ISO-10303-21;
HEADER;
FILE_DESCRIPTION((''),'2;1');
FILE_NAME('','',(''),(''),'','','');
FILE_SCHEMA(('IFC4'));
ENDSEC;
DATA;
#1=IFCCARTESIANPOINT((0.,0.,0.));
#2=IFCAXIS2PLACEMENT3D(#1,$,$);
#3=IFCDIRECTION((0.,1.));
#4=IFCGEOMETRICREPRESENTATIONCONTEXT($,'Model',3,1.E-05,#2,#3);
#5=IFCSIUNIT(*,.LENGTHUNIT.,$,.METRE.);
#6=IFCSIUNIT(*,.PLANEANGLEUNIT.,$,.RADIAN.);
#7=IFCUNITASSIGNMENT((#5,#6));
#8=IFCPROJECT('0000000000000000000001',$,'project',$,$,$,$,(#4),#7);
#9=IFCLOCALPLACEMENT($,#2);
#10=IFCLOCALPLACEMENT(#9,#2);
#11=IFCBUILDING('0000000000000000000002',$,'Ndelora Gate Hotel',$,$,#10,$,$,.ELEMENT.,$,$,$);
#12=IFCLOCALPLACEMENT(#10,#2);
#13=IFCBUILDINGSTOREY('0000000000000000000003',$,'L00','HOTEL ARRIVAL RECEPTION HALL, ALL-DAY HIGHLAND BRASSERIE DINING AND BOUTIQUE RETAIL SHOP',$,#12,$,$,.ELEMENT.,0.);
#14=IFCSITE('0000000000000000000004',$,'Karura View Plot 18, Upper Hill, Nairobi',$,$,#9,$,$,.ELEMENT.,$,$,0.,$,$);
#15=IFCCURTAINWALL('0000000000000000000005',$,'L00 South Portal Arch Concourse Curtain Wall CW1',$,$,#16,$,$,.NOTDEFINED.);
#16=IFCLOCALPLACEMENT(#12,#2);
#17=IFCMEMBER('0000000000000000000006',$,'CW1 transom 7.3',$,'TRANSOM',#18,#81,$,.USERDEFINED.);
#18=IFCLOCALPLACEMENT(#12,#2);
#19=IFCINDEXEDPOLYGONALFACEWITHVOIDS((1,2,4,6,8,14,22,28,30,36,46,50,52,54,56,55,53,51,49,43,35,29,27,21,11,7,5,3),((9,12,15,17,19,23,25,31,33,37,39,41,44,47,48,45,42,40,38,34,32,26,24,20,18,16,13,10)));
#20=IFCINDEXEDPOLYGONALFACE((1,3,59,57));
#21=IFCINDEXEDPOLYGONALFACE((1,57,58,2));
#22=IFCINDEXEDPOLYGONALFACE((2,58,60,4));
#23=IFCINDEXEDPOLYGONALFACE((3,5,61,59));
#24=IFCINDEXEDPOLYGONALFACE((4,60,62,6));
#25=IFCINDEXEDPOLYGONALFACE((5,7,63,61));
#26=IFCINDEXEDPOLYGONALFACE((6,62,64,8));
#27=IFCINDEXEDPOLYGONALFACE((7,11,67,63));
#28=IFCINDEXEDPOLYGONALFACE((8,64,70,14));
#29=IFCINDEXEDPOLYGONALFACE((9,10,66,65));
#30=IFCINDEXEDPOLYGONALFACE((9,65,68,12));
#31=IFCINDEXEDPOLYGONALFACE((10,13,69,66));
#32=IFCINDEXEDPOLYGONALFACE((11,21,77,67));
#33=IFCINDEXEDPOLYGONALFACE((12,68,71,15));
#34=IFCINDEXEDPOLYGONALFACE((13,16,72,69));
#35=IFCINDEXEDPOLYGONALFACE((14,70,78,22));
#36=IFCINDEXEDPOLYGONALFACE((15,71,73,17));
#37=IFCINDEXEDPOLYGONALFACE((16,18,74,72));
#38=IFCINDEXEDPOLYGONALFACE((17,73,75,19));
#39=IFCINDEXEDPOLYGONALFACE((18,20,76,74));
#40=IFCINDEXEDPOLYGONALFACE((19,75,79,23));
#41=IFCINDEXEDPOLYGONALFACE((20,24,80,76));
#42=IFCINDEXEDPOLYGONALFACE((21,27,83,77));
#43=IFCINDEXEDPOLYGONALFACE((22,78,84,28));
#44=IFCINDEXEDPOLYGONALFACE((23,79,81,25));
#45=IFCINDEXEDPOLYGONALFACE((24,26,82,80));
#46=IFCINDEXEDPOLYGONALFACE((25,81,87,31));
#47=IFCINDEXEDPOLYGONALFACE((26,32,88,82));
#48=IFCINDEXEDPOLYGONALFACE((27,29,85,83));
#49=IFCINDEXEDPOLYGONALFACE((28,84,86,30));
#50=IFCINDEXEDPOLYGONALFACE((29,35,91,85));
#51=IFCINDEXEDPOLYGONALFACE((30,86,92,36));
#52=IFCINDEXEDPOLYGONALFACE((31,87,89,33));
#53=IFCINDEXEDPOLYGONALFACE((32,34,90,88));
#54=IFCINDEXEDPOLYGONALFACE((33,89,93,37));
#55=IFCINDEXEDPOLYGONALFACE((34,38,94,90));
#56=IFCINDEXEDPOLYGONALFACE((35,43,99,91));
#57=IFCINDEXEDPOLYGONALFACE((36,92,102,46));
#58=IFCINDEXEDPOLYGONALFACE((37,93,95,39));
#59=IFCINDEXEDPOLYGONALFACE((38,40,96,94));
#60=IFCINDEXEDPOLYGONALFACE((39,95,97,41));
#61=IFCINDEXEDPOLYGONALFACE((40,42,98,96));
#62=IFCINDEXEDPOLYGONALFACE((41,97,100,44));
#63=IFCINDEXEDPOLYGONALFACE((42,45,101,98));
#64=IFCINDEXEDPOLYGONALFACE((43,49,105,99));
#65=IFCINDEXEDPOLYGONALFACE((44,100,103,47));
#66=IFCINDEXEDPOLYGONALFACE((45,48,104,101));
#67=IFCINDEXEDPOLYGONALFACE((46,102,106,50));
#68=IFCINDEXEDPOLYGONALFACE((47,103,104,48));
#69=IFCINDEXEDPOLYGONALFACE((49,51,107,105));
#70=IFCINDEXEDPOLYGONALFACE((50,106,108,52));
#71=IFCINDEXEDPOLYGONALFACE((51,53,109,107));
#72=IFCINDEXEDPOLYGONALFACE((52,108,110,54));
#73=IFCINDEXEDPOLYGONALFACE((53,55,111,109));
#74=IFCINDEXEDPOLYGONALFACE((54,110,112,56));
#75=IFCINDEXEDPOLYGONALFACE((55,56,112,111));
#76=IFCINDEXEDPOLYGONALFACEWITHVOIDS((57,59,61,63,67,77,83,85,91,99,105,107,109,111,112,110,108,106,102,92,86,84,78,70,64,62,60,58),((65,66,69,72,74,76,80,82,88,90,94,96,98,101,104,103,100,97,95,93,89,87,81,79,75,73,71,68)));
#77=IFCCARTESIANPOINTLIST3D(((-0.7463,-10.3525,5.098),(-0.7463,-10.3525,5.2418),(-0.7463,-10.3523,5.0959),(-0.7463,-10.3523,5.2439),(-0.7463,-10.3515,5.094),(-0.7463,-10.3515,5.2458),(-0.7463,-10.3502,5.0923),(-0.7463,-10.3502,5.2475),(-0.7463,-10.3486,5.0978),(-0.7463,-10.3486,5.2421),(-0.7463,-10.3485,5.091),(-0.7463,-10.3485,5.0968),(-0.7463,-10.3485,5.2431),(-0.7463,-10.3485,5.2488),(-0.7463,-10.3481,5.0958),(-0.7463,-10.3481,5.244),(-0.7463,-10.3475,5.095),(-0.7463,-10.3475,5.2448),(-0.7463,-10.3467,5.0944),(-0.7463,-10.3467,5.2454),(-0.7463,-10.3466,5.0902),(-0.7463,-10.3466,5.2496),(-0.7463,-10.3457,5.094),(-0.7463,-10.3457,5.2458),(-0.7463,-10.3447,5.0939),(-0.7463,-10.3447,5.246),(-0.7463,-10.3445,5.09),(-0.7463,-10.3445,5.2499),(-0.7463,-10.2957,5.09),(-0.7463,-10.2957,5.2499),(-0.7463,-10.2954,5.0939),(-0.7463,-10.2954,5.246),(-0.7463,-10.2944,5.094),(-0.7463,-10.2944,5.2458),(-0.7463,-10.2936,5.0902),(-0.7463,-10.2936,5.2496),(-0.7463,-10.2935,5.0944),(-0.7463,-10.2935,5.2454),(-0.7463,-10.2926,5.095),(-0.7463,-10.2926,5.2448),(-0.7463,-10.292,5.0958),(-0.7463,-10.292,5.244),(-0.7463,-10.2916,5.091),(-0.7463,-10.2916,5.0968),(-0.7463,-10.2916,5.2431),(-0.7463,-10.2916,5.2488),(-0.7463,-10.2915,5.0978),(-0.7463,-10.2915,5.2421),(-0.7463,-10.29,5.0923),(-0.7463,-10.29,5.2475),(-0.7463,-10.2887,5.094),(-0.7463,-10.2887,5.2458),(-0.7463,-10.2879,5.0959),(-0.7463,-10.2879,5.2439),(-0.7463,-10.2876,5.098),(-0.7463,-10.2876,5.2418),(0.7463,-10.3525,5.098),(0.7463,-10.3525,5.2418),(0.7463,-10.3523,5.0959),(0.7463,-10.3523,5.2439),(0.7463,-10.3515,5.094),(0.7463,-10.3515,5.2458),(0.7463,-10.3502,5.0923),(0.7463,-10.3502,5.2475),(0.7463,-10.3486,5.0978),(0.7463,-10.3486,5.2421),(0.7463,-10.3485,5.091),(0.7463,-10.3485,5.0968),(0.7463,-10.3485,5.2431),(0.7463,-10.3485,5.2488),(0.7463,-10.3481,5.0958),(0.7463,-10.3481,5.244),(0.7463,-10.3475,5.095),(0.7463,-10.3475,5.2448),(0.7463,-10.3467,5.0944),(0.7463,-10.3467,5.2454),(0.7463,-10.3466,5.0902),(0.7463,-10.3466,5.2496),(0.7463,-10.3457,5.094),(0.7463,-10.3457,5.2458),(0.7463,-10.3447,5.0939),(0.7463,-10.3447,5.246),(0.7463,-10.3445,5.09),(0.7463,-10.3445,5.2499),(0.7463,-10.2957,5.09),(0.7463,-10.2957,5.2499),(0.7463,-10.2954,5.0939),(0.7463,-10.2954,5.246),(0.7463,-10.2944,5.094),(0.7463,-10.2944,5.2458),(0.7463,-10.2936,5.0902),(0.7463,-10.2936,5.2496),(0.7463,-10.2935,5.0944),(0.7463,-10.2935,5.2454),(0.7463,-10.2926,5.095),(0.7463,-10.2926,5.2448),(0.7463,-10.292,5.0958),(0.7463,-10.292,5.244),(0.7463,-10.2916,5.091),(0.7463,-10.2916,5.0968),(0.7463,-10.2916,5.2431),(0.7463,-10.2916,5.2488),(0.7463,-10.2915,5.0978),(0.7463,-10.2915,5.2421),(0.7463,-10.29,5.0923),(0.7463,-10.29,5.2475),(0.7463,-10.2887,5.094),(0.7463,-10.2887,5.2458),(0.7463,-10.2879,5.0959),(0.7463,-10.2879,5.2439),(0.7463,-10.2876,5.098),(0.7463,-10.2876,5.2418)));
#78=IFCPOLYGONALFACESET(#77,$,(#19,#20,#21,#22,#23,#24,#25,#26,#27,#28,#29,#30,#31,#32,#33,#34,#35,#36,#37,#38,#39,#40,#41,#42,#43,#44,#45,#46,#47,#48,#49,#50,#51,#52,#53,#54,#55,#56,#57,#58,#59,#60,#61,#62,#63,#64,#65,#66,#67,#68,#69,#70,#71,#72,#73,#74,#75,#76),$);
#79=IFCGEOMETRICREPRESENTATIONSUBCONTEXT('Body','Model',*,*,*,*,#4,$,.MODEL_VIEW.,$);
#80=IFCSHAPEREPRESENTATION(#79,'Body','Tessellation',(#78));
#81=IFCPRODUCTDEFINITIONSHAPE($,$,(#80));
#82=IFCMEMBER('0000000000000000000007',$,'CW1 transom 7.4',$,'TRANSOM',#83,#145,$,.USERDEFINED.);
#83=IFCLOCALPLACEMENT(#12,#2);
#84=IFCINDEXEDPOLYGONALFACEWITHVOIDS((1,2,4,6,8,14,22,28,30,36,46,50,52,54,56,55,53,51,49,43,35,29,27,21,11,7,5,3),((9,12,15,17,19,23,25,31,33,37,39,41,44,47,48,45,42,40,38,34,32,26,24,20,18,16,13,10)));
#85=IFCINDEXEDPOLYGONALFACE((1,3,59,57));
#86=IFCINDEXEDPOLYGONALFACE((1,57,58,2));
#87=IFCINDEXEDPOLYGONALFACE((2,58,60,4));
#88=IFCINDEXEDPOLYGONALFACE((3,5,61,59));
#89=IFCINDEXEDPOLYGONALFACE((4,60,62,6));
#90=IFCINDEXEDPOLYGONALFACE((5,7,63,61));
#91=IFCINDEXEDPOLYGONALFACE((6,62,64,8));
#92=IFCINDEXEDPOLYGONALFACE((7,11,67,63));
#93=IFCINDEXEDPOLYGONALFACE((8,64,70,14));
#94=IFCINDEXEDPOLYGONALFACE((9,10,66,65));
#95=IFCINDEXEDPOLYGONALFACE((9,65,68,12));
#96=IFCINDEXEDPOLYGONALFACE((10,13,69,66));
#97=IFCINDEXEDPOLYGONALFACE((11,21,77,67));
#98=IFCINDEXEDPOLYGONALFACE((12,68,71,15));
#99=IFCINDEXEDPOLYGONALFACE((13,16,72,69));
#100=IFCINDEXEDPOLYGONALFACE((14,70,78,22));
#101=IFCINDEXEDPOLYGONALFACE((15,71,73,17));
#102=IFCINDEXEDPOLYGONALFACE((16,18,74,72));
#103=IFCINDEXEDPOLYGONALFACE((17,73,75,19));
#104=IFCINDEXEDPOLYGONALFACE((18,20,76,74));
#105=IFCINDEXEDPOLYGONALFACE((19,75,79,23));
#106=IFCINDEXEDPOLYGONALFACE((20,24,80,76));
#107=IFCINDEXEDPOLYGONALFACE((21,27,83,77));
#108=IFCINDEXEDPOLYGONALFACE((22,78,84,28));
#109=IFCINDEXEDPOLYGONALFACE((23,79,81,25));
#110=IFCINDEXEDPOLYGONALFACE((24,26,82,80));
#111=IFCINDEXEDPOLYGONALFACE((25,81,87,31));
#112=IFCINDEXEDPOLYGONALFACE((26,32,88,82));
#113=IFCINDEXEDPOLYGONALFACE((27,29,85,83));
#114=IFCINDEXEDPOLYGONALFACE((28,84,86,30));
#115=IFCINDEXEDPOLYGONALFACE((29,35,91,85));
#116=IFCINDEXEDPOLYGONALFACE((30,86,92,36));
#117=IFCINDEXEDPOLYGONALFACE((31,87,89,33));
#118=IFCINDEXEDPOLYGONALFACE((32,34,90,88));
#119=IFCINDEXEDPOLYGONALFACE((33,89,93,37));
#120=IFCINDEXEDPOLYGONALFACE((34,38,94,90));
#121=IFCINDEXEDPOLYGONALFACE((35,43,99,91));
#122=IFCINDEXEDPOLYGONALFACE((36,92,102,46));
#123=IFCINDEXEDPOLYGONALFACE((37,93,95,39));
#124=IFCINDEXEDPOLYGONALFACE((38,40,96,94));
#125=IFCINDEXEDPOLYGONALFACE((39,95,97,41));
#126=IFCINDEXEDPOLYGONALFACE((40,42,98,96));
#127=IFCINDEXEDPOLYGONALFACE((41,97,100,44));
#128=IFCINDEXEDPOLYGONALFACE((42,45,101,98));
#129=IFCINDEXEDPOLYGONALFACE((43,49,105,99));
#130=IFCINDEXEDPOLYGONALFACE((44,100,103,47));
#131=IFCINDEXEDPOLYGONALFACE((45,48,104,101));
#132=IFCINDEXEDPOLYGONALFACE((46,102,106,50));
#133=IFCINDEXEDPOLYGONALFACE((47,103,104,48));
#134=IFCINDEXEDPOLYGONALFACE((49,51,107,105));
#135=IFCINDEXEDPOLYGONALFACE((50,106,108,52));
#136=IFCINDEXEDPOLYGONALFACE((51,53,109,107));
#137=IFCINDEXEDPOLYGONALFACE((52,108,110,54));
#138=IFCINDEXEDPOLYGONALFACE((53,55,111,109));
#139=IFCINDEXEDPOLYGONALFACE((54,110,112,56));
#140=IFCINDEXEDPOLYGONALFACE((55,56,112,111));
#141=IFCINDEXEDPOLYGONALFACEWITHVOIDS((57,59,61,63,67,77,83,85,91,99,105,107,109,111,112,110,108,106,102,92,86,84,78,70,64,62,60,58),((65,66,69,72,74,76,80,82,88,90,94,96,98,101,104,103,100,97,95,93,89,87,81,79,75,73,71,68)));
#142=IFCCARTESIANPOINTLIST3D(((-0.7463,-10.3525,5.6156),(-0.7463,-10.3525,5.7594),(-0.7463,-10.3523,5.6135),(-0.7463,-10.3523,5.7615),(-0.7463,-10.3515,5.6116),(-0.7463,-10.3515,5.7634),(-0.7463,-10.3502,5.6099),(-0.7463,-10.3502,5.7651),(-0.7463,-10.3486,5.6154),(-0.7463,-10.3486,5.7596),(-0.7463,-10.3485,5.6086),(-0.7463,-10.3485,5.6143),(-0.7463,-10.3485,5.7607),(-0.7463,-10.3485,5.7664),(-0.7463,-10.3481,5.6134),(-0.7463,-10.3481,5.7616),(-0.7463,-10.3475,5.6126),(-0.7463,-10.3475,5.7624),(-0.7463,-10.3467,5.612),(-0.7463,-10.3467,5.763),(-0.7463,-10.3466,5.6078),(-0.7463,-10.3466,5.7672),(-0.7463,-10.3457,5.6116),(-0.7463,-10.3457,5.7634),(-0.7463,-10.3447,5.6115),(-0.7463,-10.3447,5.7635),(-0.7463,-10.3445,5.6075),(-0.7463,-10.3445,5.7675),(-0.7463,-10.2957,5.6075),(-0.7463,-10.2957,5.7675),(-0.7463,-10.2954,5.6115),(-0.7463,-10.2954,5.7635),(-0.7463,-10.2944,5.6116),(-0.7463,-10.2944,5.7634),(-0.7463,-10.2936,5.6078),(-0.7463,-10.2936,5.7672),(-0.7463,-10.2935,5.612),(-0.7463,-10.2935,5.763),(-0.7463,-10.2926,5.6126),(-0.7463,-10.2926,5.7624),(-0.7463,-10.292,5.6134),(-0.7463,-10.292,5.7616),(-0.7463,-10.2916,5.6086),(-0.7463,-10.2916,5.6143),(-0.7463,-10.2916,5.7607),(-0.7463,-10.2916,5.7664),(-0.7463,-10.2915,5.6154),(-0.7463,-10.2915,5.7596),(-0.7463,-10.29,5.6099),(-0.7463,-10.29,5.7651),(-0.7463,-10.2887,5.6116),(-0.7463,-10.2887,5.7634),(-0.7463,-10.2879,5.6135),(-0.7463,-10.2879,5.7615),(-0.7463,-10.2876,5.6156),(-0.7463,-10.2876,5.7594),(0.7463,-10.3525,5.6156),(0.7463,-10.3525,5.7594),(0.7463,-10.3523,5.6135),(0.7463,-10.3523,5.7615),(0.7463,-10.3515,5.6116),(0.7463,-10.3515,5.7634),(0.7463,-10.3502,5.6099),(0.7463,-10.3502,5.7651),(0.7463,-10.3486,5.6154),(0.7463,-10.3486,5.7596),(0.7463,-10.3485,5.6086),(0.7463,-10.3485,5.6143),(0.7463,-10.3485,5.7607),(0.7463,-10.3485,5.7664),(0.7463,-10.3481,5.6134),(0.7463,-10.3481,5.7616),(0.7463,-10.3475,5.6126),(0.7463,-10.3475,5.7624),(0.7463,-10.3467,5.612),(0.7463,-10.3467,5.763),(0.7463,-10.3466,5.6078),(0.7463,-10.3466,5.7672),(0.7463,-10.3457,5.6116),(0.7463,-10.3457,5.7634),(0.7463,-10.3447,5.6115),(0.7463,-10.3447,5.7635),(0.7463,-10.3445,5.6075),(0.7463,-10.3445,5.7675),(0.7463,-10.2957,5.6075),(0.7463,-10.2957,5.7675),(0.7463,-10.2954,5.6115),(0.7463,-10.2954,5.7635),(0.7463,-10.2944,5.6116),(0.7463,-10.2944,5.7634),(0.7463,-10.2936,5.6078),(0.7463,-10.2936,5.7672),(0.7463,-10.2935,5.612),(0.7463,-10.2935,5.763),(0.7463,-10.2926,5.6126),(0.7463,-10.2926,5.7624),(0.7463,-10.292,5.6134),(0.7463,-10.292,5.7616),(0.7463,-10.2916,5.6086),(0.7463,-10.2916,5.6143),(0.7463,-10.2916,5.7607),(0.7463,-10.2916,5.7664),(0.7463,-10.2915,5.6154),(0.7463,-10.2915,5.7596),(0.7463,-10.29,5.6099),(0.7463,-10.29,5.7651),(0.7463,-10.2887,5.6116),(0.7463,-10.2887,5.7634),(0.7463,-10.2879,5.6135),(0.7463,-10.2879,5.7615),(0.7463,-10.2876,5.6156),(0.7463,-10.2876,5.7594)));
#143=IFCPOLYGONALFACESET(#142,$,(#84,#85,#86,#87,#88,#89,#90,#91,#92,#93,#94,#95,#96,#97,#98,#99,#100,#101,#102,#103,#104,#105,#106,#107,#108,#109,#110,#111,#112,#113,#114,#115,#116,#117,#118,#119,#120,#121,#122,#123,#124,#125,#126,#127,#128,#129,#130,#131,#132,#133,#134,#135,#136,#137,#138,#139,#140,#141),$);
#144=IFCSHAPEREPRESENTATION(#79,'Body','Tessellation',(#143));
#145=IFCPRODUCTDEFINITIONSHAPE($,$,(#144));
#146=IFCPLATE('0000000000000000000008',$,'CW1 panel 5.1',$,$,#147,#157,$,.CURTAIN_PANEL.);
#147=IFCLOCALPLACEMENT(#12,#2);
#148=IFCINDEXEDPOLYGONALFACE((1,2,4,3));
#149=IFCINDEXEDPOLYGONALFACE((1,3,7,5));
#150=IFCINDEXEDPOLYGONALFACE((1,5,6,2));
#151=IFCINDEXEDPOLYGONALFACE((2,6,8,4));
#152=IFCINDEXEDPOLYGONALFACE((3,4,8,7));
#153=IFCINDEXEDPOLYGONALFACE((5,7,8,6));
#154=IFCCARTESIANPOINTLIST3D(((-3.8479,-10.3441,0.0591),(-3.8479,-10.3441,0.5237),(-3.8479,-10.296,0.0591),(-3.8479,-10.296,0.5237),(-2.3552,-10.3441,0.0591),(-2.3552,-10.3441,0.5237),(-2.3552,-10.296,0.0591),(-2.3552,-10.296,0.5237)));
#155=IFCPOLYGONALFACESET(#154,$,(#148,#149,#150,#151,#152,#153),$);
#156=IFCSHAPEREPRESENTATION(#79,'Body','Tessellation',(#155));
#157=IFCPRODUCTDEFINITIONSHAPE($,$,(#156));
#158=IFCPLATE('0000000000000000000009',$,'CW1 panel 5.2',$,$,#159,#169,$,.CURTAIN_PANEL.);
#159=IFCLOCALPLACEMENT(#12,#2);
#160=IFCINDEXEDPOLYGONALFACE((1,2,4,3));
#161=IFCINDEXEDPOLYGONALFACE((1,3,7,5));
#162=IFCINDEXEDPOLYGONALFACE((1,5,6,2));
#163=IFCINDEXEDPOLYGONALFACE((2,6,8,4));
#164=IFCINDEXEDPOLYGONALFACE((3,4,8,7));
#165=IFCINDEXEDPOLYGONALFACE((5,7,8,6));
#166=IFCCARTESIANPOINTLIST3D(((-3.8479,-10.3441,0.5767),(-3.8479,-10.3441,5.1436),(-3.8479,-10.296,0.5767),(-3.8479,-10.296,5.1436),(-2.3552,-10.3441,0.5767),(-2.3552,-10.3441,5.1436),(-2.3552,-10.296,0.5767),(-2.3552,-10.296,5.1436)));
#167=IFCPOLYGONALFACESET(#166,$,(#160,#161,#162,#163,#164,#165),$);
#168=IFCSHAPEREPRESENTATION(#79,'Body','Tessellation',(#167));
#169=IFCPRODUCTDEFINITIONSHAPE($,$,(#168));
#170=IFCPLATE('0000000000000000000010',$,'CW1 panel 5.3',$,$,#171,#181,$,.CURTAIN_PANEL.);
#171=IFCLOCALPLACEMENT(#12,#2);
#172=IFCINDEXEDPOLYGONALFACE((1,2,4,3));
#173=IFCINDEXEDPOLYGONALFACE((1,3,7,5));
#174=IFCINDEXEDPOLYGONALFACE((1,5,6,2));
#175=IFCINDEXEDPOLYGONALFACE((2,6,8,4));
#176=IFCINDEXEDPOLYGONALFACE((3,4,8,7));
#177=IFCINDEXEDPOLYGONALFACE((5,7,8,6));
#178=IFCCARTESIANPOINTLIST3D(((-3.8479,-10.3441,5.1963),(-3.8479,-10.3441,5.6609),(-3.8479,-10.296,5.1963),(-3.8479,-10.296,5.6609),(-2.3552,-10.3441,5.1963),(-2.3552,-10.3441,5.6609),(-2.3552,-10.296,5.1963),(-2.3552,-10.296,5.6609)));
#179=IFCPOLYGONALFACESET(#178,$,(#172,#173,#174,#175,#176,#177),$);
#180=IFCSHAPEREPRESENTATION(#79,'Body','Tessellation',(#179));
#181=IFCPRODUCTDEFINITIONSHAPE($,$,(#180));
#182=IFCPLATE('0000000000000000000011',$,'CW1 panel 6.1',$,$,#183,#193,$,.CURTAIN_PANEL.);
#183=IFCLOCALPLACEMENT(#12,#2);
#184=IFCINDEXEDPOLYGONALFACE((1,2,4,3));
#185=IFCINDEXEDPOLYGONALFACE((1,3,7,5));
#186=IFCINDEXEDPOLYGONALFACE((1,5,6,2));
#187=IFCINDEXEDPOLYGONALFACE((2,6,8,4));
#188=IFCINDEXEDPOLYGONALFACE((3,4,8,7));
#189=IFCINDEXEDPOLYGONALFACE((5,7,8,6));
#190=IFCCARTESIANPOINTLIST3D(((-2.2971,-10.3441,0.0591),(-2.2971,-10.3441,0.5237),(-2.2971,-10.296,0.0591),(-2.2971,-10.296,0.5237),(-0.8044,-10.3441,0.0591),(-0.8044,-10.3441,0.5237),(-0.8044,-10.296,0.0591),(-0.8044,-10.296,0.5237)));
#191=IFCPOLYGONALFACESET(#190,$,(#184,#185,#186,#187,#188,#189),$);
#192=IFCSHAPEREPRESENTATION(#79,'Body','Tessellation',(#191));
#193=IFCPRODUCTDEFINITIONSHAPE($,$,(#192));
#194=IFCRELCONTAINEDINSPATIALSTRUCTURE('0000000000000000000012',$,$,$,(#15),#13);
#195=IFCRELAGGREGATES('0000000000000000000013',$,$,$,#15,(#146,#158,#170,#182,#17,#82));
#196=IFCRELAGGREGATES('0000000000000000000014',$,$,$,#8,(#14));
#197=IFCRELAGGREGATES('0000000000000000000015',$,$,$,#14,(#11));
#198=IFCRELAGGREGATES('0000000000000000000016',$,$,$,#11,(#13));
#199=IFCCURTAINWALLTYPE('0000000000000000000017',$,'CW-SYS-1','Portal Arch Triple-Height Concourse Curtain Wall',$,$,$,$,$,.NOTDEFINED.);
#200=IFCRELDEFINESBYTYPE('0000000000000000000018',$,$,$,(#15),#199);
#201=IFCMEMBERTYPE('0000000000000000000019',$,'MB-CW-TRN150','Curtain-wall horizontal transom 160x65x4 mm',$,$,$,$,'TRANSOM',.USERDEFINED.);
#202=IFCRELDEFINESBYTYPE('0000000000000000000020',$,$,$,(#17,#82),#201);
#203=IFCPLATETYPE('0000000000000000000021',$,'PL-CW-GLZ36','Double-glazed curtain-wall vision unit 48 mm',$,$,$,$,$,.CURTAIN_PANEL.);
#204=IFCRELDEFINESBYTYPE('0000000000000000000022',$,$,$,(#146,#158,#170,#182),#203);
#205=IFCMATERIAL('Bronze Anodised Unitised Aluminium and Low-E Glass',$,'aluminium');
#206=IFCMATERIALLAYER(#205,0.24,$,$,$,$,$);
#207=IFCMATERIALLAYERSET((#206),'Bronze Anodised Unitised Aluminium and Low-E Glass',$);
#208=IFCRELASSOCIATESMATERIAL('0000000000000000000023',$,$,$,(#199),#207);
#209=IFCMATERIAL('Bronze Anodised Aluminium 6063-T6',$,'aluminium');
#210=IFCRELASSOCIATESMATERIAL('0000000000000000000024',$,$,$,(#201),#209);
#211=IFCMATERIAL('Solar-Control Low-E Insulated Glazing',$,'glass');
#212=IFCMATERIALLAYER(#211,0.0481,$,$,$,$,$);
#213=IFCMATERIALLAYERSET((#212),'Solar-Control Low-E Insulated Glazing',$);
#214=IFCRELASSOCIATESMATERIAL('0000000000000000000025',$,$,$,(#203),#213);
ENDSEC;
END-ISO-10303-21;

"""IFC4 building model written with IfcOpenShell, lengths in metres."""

from ifc_helpers import new_model, si_unit, direction, frame, origin, origin_2d, place, context, subcontext, project, spatial, rectangle, hollow_rectangle, extrude, material, layer, layer_set, material_profile, profile_set, type_object, element, aggregate, save


model = new_model("IFC4")

# Units and contexts
model_context = context("Model", 3, precision=1e-05, world=origin(), true_north=direction((0.0, 1.0)))
body_context = subcontext(model_context, "Body", "Model", "MODEL_VIEW")
ifc_project = project(units=[si_unit("LENGTHUNIT", "METRE"), si_unit("PLANEANGLEUNIT", "RADIAN")], contexts=[model_context])

# Site, building, storey
site_placement = place(None, origin())
site = spatial("IfcSite", under=ifc_project, at=site_placement, Name="Karura View Plot 18, Upper Hill, Nairobi", CompositionType="ELEMENT", RefElevation=0.0)
building_placement = place(site_placement, origin())
building = spatial("IfcBuilding", under=site, at=building_placement, Name="Ndelora Gate Hotel", CompositionType="ELEMENT")
storey_placement = place(building_placement, origin())
storey = spatial("IfcBuildingStorey", under=building, at=storey_placement, Name="L00", Description="HOTEL ARRIVAL RECEPTION HALL, ALL-DAY HIGHLAND BRASSERIE DINING AND BOUTIQUE RETAIL SHOP", CompositionType="ELEMENT", Elevation=0.0)

# Curtain wall, members, plates
ifc_material_1 = material(Name="Bronze Anodised Unitised Aluminium and Low-E Glass", Category="aluminium")
ifc_layer_1 = layer(ifc_material_1, 0.24)
ifc_layer_set_1 = layer_set([ifc_layer_1], Name="Bronze Anodised Unitised Aluminium and Low-E Glass")
curtain_wall_type = type_object("IfcCurtainWallType", Name="CW-SYS-1", Description="Portal Arch Triple-Height Concourse Curtain Wall", PredefinedType="NOTDEFINED", material=ifc_layer_set_1)
curtain_wall_placement = place(storey_placement, origin())
curtain_wall = element("IfcCurtainWall", 1, at=curtain_wall_placement, inside=storey, type_object=curtain_wall_type, Name="L00 South Portal Arch Concourse Curtain Wall CW1", PredefinedType="NOTDEFINED")
ifc_material_2 = material(Name="Bronze Anodised Aluminium 6063-T6", Category="aluminium")
ifc_material_profile_1 = material_profile(ifc_material_2, hollow_rectangle(XDim=0.0649, YDim=0.1599, WallThickness=0.0039, InnerFilletRadius=0.0039, OuterFilletRadius=0.0081, at=origin_2d()), Name="ALU 160x65x4")
ifc_profile_set_1 = profile_set([ifc_material_profile_1], Name="Bronze Anodised Aluminium 6063-T6")
member_type_1 = type_object("IfcMemberType", Name="MB-CW-TRN150", Description="Curtain-wall horizontal transom 160x65x4 mm", ElementType="TRANSOM", PredefinedType="USERDEFINED", material=ifc_profile_set_1)
member_1_placement = place(storey_placement, frame((-0.7463, -10.3201, 5.1699), z_axis=(1.0, 0.0, 0.0), x_axis=(0.0, 1.0, 0.0)))
member_1 = element("IfcMember", 2, at=member_1_placement, type_object=member_type_1, Name="CW1 transom 7.3", ObjectType="TRANSOM", PredefinedType="USERDEFINED", context=body_context, shape_type="SweptSolid", body=[
    extrude(hollow_rectangle(XDim=0.0649, YDim=0.1599, WallThickness=0.0039, InnerFilletRadius=0.0039, OuterFilletRadius=0.0081, at=origin_2d()), origin(), (0.0, 0.0, 1.0), 1.4927),
])
member_2_placement = place(storey_placement, frame((-0.7463, -10.3201, 5.6875), z_axis=(1.0, 0.0, 0.0), x_axis=(0.0, 1.0, 0.0)))
member_2 = element("IfcMember", 3, at=member_2_placement, type_object=member_type_1, Name="CW1 transom 7.4", ObjectType="TRANSOM", PredefinedType="USERDEFINED", context=body_context, shape_type="SweptSolid", body=[
    extrude(hollow_rectangle(XDim=0.0649, YDim=0.1599, WallThickness=0.0039, InnerFilletRadius=0.0039, OuterFilletRadius=0.0081, at=origin_2d()), origin(), (0.0, 0.0, 1.0), 1.4927),
])
ifc_material_3 = material(Name="Solar-Control Low-E Insulated Glazing", Category="glass")
ifc_layer_2 = layer(ifc_material_3, 0.0481)
ifc_layer_set_2 = layer_set([ifc_layer_2], Name="Solar-Control Low-E Insulated Glazing")
plate_type = type_object("IfcPlateType", Name="PL-CW-GLZ36", Description="Double-glazed curtain-wall vision unit 48 mm", PredefinedType="CURTAIN_PANEL", material=ifc_layer_set_2)
plate_1_placement = place(storey_placement, frame((-3.1016, -10.3201, 0.0591), z_axis=(0.0, 0.0, 1.0), x_axis=(1.0, 0.0, 0.0)))
plate_1 = element("IfcPlate", 4, at=plate_1_placement, type_object=plate_type, Name="CW1 panel 5.1", PredefinedType="CURTAIN_PANEL", context=body_context, shape_type="SweptSolid", body=[
    extrude(rectangle(XDim=1.4927, YDim=0.0481, at=origin_2d()), origin(), (0.0, 0.0, 1.0), 0.4646),
])
plate_2_placement = place(storey_placement, frame((-3.1016, -10.3201, 0.5767), z_axis=(0.0, 0.0, 1.0), x_axis=(1.0, 0.0, 0.0)))
plate_2 = element("IfcPlate", 5, at=plate_2_placement, type_object=plate_type, Name="CW1 panel 5.2", PredefinedType="CURTAIN_PANEL", context=body_context, shape_type="SweptSolid", body=[
    extrude(rectangle(XDim=1.4927, YDim=0.0481, at=origin_2d()), origin(), (0.0, 0.0, 1.0), 4.5669),
])
plate_3_placement = place(storey_placement, frame((-3.1016, -10.3201, 5.1963), z_axis=(0.0, 0.0, 1.0), x_axis=(1.0, 0.0, 0.0)))
plate_3 = element("IfcPlate", 6, at=plate_3_placement, type_object=plate_type, Name="CW1 panel 5.3", PredefinedType="CURTAIN_PANEL", context=body_context, shape_type="SweptSolid", body=[
    extrude(rectangle(XDim=1.4927, YDim=0.0481, at=origin_2d()), origin(), (0.0, 0.0, 1.0), 0.4646),
])
plate_4_placement = place(storey_placement, frame((-1.5508, -10.3201, 0.0591), z_axis=(0.0, 0.0, 1.0), x_axis=(1.0, 0.0, 0.0)))
plate_4 = element("IfcPlate", 7, at=plate_4_placement, type_object=plate_type, Name="CW1 panel 6.1", PredefinedType="CURTAIN_PANEL", context=body_context, shape_type="SweptSolid", body=[
    extrude(rectangle(XDim=1.4927, YDim=0.0481, at=origin_2d()), origin(), (0.0, 0.0, 1.0), 0.4646),
])
aggregate(curtain_wall, [plate_1, plate_2, plate_3, plate_4, member_1, member_2])

save(model, "model.ifc")
